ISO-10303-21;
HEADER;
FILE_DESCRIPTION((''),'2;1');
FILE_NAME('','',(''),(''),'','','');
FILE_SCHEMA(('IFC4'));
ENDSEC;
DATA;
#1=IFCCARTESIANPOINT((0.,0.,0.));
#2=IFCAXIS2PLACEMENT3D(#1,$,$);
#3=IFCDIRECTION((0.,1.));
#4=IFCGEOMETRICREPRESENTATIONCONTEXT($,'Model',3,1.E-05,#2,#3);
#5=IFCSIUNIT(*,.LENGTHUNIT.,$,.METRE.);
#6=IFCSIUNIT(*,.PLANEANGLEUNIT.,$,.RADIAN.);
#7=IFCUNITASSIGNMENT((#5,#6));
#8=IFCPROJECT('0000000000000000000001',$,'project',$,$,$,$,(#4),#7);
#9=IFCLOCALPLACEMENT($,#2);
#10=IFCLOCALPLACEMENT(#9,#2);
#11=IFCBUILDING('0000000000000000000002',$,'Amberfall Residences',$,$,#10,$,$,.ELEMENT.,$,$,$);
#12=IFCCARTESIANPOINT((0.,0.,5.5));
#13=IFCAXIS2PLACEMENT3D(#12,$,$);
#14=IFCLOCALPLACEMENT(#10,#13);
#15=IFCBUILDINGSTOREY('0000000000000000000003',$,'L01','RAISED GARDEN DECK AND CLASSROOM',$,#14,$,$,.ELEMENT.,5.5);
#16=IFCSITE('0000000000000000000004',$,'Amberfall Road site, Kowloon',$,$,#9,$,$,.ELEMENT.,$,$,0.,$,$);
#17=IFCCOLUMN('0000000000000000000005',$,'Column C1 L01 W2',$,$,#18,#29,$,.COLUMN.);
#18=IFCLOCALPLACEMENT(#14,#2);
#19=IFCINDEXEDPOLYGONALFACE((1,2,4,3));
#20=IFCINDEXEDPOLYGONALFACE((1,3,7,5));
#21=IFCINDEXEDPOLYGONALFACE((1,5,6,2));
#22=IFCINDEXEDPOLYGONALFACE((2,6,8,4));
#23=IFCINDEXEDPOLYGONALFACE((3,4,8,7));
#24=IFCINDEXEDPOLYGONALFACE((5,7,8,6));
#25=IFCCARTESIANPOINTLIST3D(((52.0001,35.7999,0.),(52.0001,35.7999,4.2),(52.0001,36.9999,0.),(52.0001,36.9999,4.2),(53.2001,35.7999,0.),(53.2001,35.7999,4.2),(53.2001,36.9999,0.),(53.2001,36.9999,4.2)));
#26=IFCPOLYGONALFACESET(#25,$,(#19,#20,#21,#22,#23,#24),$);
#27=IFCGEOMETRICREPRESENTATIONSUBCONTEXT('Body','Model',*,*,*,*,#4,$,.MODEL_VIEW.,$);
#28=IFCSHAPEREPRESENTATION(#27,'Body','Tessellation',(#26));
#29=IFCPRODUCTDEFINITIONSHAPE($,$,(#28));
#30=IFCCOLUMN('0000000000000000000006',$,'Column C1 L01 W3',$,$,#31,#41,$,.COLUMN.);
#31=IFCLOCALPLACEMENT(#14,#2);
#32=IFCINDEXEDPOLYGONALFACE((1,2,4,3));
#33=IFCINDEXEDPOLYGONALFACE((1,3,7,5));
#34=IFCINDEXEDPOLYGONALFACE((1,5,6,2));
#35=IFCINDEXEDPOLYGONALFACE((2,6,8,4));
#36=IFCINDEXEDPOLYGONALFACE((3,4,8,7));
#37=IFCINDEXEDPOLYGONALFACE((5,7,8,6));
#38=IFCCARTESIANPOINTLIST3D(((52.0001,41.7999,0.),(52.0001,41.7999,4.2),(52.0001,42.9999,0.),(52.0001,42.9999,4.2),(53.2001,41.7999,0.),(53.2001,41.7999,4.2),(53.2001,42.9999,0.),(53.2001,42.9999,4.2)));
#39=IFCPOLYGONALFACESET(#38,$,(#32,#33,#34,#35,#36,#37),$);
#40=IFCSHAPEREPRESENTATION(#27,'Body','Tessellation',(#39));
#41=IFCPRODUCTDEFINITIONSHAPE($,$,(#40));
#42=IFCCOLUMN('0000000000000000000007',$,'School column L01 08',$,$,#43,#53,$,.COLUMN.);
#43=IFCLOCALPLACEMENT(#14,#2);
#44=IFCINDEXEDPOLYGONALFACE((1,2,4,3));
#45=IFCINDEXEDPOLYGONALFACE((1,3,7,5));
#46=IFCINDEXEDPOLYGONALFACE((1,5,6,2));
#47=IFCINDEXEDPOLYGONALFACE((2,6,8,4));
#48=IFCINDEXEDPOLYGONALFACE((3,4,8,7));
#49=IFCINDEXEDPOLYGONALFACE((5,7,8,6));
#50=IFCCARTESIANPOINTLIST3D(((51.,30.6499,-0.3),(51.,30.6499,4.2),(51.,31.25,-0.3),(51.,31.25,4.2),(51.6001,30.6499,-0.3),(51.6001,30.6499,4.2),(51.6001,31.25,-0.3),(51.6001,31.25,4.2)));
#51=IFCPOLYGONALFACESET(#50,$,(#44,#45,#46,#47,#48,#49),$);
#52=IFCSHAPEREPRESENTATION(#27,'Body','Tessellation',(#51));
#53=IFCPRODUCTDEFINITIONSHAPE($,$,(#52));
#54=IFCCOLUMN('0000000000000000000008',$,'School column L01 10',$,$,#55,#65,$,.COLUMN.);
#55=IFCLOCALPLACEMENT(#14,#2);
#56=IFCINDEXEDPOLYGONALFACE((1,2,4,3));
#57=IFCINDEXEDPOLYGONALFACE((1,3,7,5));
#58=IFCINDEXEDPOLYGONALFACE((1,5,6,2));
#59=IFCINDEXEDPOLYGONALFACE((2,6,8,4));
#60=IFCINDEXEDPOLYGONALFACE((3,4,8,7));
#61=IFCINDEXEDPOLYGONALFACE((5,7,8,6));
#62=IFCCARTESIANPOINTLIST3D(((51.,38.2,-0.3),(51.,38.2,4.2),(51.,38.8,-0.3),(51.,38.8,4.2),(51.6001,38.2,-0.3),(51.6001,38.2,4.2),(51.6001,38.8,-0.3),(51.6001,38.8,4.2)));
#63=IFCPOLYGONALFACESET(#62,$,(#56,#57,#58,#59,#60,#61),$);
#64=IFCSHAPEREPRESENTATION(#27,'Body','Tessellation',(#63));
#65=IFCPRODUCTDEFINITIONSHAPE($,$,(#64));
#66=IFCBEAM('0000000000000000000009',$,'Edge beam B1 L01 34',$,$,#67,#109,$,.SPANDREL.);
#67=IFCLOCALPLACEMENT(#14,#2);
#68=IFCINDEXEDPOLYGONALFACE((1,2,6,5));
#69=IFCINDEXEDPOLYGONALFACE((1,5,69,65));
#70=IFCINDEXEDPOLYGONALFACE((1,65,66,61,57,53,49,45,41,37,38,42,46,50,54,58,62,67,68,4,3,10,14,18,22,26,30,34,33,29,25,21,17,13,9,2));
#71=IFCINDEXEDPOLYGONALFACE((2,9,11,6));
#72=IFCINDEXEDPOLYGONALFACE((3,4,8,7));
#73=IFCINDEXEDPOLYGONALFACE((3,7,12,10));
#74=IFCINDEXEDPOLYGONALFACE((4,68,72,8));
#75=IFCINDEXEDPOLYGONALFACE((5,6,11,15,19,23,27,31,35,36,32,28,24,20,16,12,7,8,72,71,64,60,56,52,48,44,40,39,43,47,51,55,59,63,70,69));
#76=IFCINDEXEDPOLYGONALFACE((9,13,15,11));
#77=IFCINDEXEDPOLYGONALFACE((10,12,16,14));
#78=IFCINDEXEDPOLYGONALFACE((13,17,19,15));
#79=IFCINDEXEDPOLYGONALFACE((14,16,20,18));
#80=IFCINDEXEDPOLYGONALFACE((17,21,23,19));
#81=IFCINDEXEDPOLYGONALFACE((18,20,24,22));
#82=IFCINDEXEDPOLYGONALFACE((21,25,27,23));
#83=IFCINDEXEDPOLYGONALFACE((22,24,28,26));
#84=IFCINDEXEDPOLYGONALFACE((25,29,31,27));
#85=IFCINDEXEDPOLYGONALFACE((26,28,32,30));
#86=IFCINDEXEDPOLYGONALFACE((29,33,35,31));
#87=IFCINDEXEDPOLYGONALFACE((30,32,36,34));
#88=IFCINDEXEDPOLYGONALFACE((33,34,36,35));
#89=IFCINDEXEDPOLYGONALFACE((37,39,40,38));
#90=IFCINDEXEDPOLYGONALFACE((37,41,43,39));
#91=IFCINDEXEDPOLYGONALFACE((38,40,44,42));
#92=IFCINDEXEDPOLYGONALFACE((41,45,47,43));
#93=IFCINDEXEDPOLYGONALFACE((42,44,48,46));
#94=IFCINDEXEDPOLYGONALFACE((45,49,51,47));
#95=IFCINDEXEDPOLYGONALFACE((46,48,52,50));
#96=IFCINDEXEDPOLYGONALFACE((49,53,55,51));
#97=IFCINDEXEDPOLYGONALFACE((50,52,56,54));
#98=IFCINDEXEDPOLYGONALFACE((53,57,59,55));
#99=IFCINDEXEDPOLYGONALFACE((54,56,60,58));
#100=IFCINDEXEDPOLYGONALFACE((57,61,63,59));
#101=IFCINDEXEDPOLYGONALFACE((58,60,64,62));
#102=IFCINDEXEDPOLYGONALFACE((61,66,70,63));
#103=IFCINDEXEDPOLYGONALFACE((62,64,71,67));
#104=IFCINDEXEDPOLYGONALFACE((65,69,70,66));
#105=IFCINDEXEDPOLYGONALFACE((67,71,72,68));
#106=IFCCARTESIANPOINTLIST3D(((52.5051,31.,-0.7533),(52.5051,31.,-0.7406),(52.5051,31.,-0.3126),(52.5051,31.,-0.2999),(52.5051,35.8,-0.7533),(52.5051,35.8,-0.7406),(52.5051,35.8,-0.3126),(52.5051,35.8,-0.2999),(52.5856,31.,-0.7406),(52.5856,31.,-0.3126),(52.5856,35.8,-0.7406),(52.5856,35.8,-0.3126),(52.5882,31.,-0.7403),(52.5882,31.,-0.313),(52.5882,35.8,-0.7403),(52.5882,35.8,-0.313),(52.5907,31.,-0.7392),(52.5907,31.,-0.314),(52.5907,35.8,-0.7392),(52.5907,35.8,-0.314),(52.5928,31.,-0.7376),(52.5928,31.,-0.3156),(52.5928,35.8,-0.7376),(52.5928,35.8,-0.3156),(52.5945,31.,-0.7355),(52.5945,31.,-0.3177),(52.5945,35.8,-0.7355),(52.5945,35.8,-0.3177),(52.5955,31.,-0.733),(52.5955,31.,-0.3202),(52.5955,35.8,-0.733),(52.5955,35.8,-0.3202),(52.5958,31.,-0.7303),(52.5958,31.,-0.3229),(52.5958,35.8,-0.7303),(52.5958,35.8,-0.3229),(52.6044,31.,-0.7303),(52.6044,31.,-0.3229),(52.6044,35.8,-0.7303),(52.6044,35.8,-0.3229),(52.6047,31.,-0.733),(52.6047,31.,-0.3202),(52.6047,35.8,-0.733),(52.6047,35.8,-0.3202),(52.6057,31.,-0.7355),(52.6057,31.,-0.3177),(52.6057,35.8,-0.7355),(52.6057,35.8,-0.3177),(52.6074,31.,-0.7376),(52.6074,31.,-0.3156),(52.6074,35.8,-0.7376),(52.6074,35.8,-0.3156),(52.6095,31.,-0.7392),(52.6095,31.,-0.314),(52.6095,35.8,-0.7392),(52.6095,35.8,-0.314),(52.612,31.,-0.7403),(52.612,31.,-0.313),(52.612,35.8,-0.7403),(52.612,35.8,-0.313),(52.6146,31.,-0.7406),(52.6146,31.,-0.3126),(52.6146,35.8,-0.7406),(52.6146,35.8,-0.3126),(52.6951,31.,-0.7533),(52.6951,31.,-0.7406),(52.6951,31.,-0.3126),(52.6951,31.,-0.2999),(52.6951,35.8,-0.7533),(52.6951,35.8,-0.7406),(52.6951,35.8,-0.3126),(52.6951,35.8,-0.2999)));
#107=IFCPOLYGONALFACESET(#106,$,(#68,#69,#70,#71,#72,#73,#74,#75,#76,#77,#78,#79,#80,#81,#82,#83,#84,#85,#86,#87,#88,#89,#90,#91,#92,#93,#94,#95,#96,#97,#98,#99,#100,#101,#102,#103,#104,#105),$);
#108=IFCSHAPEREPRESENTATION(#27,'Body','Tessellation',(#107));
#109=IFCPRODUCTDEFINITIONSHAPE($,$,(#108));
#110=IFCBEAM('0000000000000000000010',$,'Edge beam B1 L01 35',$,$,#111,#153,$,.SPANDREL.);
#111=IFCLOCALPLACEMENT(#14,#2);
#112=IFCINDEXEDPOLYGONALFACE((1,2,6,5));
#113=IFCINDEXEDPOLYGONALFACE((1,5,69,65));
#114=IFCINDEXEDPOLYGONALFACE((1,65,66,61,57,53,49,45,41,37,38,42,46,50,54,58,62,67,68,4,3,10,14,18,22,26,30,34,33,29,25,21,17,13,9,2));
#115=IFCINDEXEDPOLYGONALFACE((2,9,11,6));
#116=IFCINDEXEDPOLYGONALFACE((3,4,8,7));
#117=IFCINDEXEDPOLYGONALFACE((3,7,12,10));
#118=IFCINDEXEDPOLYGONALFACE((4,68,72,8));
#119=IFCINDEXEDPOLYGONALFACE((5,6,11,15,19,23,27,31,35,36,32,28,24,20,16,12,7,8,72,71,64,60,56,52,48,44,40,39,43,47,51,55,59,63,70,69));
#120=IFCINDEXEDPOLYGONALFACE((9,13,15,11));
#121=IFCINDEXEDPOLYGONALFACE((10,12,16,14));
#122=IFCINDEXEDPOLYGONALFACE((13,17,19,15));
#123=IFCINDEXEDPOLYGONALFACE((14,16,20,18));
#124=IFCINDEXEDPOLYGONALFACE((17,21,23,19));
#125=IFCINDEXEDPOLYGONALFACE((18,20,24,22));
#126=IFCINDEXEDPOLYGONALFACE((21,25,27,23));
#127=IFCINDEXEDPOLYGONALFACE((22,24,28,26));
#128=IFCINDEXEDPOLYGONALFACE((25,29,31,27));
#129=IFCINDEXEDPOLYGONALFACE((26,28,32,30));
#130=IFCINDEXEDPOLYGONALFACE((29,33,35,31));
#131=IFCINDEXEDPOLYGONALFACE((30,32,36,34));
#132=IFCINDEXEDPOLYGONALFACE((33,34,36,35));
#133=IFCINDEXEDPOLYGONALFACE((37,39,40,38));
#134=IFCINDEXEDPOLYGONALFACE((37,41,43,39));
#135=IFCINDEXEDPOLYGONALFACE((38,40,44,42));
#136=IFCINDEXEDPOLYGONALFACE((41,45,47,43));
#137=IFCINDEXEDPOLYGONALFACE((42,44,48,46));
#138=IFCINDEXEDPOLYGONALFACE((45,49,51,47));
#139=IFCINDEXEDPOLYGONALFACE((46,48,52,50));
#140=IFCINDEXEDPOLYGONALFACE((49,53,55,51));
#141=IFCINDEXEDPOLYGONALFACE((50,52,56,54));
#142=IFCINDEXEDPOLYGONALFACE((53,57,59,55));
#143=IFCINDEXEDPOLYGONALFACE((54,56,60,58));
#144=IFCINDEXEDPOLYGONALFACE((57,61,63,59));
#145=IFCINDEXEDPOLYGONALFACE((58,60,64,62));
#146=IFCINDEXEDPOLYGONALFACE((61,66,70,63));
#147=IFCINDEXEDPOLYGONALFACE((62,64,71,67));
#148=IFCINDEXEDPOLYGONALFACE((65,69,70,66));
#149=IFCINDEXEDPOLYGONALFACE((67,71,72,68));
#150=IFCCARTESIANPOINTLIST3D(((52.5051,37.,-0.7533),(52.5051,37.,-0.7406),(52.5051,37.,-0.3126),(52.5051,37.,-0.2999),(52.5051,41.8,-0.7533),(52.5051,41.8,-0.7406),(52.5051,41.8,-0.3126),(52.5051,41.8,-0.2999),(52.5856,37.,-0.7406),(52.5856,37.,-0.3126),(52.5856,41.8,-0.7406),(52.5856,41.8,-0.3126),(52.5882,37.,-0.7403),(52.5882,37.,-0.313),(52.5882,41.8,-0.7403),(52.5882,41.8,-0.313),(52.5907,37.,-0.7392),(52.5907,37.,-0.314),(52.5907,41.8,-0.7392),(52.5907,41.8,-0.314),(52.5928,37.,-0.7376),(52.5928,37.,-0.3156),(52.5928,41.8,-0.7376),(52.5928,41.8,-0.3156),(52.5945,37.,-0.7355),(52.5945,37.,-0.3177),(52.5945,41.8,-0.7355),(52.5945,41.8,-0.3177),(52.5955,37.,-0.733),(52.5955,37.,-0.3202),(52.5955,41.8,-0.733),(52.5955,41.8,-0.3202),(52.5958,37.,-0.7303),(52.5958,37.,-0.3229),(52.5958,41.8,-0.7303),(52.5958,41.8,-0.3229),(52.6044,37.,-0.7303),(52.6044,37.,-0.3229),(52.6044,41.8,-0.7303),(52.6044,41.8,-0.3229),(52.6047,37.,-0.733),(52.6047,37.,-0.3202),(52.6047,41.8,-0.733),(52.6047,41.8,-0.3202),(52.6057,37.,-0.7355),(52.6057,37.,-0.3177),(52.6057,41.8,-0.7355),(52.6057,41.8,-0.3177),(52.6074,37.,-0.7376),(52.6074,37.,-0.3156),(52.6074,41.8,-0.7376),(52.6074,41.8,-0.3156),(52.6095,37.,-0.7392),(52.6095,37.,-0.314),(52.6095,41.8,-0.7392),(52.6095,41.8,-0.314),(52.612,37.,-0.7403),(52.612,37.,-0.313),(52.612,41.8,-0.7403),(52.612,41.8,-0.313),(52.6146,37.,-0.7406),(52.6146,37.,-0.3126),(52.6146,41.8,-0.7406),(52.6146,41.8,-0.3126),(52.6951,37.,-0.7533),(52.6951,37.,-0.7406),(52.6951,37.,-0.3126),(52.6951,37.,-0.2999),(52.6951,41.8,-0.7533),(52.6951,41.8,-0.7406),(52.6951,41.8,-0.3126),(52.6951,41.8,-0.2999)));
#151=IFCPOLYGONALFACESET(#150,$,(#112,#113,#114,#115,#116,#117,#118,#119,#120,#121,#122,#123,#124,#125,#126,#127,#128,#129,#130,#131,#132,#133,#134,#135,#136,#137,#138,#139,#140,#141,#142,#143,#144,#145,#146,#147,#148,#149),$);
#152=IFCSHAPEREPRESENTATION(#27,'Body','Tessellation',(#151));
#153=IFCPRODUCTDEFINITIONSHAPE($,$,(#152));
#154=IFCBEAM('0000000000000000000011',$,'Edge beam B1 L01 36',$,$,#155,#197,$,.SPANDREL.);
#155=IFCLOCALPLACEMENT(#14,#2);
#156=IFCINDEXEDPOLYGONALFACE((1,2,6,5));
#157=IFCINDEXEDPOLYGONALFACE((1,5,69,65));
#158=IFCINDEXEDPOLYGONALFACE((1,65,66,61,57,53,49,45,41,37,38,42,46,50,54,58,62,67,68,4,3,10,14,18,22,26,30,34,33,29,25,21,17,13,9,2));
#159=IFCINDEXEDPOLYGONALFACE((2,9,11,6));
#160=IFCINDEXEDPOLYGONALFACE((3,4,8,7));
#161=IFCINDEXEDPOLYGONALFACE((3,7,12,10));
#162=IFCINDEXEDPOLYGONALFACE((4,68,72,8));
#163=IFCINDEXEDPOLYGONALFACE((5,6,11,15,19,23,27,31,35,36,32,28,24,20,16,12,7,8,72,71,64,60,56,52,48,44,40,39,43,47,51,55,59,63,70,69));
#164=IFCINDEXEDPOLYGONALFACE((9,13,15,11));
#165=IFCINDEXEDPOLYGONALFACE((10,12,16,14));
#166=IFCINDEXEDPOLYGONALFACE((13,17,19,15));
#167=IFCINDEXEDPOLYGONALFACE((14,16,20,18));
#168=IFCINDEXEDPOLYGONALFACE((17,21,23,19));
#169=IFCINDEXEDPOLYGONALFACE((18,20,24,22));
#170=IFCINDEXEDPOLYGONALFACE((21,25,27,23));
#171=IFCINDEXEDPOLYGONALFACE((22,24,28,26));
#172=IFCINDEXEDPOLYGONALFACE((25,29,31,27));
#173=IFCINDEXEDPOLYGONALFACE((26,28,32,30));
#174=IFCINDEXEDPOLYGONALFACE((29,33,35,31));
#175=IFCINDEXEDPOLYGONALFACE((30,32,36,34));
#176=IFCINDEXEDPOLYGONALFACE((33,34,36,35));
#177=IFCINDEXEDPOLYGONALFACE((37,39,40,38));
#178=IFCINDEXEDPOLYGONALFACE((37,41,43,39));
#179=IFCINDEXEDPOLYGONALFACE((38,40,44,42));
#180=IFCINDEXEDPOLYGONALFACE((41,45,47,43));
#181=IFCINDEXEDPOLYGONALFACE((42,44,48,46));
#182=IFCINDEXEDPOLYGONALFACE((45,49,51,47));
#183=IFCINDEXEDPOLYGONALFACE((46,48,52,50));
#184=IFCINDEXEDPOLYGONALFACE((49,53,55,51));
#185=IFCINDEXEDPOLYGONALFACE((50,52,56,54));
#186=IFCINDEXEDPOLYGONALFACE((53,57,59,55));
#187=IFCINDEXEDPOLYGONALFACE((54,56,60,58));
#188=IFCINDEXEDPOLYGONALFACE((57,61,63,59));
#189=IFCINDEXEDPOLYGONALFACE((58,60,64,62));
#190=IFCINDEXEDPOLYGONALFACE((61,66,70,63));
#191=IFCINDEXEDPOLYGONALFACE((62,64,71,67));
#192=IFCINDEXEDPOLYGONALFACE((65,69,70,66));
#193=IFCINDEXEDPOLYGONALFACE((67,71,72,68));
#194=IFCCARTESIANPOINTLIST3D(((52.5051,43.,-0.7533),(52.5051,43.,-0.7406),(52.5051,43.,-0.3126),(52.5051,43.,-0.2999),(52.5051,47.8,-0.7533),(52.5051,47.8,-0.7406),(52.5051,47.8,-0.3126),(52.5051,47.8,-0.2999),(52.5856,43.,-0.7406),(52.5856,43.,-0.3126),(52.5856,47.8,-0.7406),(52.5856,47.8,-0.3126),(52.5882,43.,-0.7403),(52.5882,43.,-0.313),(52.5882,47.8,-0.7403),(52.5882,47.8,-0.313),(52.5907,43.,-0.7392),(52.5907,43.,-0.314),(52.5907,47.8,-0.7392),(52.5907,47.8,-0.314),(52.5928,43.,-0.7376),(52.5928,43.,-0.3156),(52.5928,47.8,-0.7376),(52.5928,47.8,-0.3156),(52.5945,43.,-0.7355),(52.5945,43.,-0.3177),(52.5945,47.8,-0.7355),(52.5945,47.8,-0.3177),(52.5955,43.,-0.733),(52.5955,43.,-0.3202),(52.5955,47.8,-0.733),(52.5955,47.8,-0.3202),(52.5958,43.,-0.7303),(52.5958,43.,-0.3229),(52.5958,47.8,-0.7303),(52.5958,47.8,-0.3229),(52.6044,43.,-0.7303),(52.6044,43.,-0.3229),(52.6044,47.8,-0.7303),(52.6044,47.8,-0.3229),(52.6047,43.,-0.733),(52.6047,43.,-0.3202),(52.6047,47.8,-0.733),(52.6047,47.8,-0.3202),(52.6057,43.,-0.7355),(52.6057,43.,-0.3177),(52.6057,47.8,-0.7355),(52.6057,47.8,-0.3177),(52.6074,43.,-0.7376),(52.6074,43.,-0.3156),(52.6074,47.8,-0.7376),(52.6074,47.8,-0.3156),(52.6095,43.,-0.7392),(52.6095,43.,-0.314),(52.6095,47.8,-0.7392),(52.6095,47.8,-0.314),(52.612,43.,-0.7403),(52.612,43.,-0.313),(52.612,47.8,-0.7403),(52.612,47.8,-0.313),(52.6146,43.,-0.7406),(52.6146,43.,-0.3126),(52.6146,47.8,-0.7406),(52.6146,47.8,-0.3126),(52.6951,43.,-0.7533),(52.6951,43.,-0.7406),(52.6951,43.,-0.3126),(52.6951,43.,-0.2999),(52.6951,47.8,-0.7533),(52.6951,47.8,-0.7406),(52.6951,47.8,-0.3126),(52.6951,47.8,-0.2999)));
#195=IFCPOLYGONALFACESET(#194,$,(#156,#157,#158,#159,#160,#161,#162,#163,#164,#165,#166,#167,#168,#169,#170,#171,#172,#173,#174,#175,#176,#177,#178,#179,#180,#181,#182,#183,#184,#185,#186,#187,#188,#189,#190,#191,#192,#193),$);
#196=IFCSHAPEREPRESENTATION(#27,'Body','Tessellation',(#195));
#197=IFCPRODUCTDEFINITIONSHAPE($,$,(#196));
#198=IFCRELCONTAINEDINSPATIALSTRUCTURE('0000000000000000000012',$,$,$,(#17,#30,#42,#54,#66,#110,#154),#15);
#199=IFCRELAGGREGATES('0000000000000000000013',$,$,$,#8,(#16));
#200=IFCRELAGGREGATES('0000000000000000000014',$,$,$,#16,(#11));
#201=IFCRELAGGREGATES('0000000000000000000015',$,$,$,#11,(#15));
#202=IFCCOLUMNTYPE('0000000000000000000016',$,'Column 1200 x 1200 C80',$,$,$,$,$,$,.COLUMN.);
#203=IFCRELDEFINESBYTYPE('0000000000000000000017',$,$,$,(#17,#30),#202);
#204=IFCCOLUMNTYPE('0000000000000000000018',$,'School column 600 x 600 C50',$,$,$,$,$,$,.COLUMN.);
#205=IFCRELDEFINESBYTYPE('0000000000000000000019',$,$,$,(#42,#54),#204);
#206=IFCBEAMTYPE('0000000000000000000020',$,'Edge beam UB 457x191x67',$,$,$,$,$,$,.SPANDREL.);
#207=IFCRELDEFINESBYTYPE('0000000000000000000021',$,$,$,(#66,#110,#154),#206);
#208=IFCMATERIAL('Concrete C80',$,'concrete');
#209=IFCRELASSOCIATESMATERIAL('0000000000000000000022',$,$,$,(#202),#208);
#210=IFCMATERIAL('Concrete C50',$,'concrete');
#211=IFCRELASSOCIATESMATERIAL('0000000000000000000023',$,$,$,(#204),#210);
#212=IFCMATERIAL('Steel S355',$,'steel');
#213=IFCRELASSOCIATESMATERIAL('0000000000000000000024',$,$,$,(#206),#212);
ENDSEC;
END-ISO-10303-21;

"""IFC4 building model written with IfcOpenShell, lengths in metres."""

from ifc_helpers import new_model, si_unit, direction, frame, origin, origin_2d, place, context, subcontext, project, spatial, rectangle, i_section, extrude, material, material_profile, profile_set, type_object, element, save


model = new_model("IFC4")

# Units and contexts
model_context = context("Model", 3, precision=1e-05, world=origin(), true_north=direction((0.0, 1.0)))
body_context = subcontext(model_context, "Body", "Model", "MODEL_VIEW")
ifc_project = project(units=[si_unit("LENGTHUNIT", "METRE"), si_unit("PLANEANGLEUNIT", "RADIAN")], contexts=[model_context])

# Site, building, storey
site_placement = place(None, origin())
site = spatial("IfcSite", under=ifc_project, at=site_placement, Name="Amberfall Road site, Kowloon", CompositionType="ELEMENT", RefElevation=0.0)
building_placement = place(site_placement, origin())
building = spatial("IfcBuilding", under=site, at=building_placement, Name="Amberfall Residences", CompositionType="ELEMENT")
storey_placement = place(building_placement, frame((0.0, 0.0, 5.5)))
storey = spatial("IfcBuildingStorey", under=building, at=storey_placement, Name="L01", Description="RAISED GARDEN DECK AND CLASSROOM", CompositionType="ELEMENT", Elevation=5.5)

# Columns
ifc_material_1 = material(Name="Concrete C80", Category="concrete")
ifc_material_profile_1 = material_profile(ifc_material_1, rectangle(XDim=1.2, YDim=1.2, at=origin_2d()), Name="Column 1200 x 1200 C80")
ifc_profile_set_1 = profile_set([ifc_material_profile_1], Name="Concrete C80")
column_type_1 = type_object("IfcColumnType", Name="Column 1200 x 1200 C80", PredefinedType="COLUMN", material=ifc_profile_set_1)
for number, where, z_axis, x_axis, name in (
    (1, (52.6001, 36.3999, 0.0), (0.0, 0.0, 1.0), (1.0, 0.0, 0.0), "Column C1 L01 W2"),
    (2, (52.6001, 42.3999, 0.0), (0.0, 0.0, 1.0), (1.0, 0.0, 0.0), "Column C1 L01 W3"),
):
    element("IfcColumn", number, at=place(storey_placement, frame(where, z_axis=z_axis, x_axis=x_axis)), inside=storey, type_object=column_type_1, Name=name, PredefinedType="COLUMN", context=body_context, shape_type="SweptSolid", body=[
        extrude(rectangle(XDim=1.2, YDim=1.2, at=origin_2d()), origin(), (0.0, 0.0, 1.0), 4.2),
    ])
ifc_material_2 = material(Name="Concrete C50", Category="concrete")
ifc_material_profile_2 = material_profile(ifc_material_2, rectangle(XDim=0.6001, YDim=0.6001, at=origin_2d()), Name="School column 600 x 600 C50")
ifc_profile_set_2 = profile_set([ifc_material_profile_2], Name="Concrete C50")
column_type_2 = type_object("IfcColumnType", Name="School column 600 x 600 C50", PredefinedType="COLUMN", material=ifc_profile_set_2)
for number, where, z_axis, x_axis, name in (
    (3, (51.3, 30.95, -0.3), (0.0, 0.0, 1.0), (1.0, 0.0, 0.0), "School column L01 08"),
    (4, (51.3, 38.5, -0.3), (0.0, 0.0, 1.0), (1.0, 0.0, 0.0), "School column L01 10"),
):
    element("IfcColumn", number, at=place(storey_placement, frame(where, z_axis=z_axis, x_axis=x_axis)), inside=storey, type_object=column_type_2, Name=name, PredefinedType="COLUMN", context=body_context, shape_type="SweptSolid", body=[
        extrude(rectangle(XDim=0.6001, YDim=0.6001, at=origin_2d()), origin(), (0.0, 0.0, 1.0), 4.5),
    ])

# Beams
ifc_material_3 = material(Name="Steel S355", Category="steel")
ifc_material_profile_3 = material_profile(ifc_material_3, i_section(OverallWidth=0.1899, OverallDepth=0.4534, WebThickness=0.0085, FlangeThickness=0.0127, FilletRadius=0.0103, at=origin_2d()), Name="UB 457x191x67")
ifc_profile_set_3 = profile_set([ifc_material_profile_3], Name="Steel S355")
beam_type_1 = type_object("IfcBeamType", Name="Edge beam UB 457x191x67", PredefinedType="SPANDREL", material=ifc_profile_set_3)
for number, where, z_axis, x_axis, name in (
    (5, (52.6001, 31.0, -0.5266), (0.0, 1.0, 0.0), (-1.0, 0.0, 0.0), "Edge beam B1 L01 34"),
    (6, (52.6001, 37.0, -0.5266), (0.0, 1.0, 0.0), (-1.0, 0.0, 0.0), "Edge beam B1 L01 35"),
    (7, (52.6001, 43.0, -0.5266), (0.0, 1.0, 0.0), (-1.0, 0.0, 0.0), "Edge beam B1 L01 36"),
):
    element("IfcBeam", number, at=place(storey_placement, frame(where, z_axis=z_axis, x_axis=x_axis)), inside=storey, type_object=beam_type_1, Name=name, PredefinedType="SPANDREL", context=body_context, shape_type="SweptSolid", body=[
        extrude(i_section(OverallWidth=0.1899, OverallDepth=0.4534, WebThickness=0.0085, FlangeThickness=0.0127, FilletRadius=0.0103, at=origin_2d()), origin(), (0.0, 0.0, 1.0), 4.8),
    ])

save(model, "model.ifc")
